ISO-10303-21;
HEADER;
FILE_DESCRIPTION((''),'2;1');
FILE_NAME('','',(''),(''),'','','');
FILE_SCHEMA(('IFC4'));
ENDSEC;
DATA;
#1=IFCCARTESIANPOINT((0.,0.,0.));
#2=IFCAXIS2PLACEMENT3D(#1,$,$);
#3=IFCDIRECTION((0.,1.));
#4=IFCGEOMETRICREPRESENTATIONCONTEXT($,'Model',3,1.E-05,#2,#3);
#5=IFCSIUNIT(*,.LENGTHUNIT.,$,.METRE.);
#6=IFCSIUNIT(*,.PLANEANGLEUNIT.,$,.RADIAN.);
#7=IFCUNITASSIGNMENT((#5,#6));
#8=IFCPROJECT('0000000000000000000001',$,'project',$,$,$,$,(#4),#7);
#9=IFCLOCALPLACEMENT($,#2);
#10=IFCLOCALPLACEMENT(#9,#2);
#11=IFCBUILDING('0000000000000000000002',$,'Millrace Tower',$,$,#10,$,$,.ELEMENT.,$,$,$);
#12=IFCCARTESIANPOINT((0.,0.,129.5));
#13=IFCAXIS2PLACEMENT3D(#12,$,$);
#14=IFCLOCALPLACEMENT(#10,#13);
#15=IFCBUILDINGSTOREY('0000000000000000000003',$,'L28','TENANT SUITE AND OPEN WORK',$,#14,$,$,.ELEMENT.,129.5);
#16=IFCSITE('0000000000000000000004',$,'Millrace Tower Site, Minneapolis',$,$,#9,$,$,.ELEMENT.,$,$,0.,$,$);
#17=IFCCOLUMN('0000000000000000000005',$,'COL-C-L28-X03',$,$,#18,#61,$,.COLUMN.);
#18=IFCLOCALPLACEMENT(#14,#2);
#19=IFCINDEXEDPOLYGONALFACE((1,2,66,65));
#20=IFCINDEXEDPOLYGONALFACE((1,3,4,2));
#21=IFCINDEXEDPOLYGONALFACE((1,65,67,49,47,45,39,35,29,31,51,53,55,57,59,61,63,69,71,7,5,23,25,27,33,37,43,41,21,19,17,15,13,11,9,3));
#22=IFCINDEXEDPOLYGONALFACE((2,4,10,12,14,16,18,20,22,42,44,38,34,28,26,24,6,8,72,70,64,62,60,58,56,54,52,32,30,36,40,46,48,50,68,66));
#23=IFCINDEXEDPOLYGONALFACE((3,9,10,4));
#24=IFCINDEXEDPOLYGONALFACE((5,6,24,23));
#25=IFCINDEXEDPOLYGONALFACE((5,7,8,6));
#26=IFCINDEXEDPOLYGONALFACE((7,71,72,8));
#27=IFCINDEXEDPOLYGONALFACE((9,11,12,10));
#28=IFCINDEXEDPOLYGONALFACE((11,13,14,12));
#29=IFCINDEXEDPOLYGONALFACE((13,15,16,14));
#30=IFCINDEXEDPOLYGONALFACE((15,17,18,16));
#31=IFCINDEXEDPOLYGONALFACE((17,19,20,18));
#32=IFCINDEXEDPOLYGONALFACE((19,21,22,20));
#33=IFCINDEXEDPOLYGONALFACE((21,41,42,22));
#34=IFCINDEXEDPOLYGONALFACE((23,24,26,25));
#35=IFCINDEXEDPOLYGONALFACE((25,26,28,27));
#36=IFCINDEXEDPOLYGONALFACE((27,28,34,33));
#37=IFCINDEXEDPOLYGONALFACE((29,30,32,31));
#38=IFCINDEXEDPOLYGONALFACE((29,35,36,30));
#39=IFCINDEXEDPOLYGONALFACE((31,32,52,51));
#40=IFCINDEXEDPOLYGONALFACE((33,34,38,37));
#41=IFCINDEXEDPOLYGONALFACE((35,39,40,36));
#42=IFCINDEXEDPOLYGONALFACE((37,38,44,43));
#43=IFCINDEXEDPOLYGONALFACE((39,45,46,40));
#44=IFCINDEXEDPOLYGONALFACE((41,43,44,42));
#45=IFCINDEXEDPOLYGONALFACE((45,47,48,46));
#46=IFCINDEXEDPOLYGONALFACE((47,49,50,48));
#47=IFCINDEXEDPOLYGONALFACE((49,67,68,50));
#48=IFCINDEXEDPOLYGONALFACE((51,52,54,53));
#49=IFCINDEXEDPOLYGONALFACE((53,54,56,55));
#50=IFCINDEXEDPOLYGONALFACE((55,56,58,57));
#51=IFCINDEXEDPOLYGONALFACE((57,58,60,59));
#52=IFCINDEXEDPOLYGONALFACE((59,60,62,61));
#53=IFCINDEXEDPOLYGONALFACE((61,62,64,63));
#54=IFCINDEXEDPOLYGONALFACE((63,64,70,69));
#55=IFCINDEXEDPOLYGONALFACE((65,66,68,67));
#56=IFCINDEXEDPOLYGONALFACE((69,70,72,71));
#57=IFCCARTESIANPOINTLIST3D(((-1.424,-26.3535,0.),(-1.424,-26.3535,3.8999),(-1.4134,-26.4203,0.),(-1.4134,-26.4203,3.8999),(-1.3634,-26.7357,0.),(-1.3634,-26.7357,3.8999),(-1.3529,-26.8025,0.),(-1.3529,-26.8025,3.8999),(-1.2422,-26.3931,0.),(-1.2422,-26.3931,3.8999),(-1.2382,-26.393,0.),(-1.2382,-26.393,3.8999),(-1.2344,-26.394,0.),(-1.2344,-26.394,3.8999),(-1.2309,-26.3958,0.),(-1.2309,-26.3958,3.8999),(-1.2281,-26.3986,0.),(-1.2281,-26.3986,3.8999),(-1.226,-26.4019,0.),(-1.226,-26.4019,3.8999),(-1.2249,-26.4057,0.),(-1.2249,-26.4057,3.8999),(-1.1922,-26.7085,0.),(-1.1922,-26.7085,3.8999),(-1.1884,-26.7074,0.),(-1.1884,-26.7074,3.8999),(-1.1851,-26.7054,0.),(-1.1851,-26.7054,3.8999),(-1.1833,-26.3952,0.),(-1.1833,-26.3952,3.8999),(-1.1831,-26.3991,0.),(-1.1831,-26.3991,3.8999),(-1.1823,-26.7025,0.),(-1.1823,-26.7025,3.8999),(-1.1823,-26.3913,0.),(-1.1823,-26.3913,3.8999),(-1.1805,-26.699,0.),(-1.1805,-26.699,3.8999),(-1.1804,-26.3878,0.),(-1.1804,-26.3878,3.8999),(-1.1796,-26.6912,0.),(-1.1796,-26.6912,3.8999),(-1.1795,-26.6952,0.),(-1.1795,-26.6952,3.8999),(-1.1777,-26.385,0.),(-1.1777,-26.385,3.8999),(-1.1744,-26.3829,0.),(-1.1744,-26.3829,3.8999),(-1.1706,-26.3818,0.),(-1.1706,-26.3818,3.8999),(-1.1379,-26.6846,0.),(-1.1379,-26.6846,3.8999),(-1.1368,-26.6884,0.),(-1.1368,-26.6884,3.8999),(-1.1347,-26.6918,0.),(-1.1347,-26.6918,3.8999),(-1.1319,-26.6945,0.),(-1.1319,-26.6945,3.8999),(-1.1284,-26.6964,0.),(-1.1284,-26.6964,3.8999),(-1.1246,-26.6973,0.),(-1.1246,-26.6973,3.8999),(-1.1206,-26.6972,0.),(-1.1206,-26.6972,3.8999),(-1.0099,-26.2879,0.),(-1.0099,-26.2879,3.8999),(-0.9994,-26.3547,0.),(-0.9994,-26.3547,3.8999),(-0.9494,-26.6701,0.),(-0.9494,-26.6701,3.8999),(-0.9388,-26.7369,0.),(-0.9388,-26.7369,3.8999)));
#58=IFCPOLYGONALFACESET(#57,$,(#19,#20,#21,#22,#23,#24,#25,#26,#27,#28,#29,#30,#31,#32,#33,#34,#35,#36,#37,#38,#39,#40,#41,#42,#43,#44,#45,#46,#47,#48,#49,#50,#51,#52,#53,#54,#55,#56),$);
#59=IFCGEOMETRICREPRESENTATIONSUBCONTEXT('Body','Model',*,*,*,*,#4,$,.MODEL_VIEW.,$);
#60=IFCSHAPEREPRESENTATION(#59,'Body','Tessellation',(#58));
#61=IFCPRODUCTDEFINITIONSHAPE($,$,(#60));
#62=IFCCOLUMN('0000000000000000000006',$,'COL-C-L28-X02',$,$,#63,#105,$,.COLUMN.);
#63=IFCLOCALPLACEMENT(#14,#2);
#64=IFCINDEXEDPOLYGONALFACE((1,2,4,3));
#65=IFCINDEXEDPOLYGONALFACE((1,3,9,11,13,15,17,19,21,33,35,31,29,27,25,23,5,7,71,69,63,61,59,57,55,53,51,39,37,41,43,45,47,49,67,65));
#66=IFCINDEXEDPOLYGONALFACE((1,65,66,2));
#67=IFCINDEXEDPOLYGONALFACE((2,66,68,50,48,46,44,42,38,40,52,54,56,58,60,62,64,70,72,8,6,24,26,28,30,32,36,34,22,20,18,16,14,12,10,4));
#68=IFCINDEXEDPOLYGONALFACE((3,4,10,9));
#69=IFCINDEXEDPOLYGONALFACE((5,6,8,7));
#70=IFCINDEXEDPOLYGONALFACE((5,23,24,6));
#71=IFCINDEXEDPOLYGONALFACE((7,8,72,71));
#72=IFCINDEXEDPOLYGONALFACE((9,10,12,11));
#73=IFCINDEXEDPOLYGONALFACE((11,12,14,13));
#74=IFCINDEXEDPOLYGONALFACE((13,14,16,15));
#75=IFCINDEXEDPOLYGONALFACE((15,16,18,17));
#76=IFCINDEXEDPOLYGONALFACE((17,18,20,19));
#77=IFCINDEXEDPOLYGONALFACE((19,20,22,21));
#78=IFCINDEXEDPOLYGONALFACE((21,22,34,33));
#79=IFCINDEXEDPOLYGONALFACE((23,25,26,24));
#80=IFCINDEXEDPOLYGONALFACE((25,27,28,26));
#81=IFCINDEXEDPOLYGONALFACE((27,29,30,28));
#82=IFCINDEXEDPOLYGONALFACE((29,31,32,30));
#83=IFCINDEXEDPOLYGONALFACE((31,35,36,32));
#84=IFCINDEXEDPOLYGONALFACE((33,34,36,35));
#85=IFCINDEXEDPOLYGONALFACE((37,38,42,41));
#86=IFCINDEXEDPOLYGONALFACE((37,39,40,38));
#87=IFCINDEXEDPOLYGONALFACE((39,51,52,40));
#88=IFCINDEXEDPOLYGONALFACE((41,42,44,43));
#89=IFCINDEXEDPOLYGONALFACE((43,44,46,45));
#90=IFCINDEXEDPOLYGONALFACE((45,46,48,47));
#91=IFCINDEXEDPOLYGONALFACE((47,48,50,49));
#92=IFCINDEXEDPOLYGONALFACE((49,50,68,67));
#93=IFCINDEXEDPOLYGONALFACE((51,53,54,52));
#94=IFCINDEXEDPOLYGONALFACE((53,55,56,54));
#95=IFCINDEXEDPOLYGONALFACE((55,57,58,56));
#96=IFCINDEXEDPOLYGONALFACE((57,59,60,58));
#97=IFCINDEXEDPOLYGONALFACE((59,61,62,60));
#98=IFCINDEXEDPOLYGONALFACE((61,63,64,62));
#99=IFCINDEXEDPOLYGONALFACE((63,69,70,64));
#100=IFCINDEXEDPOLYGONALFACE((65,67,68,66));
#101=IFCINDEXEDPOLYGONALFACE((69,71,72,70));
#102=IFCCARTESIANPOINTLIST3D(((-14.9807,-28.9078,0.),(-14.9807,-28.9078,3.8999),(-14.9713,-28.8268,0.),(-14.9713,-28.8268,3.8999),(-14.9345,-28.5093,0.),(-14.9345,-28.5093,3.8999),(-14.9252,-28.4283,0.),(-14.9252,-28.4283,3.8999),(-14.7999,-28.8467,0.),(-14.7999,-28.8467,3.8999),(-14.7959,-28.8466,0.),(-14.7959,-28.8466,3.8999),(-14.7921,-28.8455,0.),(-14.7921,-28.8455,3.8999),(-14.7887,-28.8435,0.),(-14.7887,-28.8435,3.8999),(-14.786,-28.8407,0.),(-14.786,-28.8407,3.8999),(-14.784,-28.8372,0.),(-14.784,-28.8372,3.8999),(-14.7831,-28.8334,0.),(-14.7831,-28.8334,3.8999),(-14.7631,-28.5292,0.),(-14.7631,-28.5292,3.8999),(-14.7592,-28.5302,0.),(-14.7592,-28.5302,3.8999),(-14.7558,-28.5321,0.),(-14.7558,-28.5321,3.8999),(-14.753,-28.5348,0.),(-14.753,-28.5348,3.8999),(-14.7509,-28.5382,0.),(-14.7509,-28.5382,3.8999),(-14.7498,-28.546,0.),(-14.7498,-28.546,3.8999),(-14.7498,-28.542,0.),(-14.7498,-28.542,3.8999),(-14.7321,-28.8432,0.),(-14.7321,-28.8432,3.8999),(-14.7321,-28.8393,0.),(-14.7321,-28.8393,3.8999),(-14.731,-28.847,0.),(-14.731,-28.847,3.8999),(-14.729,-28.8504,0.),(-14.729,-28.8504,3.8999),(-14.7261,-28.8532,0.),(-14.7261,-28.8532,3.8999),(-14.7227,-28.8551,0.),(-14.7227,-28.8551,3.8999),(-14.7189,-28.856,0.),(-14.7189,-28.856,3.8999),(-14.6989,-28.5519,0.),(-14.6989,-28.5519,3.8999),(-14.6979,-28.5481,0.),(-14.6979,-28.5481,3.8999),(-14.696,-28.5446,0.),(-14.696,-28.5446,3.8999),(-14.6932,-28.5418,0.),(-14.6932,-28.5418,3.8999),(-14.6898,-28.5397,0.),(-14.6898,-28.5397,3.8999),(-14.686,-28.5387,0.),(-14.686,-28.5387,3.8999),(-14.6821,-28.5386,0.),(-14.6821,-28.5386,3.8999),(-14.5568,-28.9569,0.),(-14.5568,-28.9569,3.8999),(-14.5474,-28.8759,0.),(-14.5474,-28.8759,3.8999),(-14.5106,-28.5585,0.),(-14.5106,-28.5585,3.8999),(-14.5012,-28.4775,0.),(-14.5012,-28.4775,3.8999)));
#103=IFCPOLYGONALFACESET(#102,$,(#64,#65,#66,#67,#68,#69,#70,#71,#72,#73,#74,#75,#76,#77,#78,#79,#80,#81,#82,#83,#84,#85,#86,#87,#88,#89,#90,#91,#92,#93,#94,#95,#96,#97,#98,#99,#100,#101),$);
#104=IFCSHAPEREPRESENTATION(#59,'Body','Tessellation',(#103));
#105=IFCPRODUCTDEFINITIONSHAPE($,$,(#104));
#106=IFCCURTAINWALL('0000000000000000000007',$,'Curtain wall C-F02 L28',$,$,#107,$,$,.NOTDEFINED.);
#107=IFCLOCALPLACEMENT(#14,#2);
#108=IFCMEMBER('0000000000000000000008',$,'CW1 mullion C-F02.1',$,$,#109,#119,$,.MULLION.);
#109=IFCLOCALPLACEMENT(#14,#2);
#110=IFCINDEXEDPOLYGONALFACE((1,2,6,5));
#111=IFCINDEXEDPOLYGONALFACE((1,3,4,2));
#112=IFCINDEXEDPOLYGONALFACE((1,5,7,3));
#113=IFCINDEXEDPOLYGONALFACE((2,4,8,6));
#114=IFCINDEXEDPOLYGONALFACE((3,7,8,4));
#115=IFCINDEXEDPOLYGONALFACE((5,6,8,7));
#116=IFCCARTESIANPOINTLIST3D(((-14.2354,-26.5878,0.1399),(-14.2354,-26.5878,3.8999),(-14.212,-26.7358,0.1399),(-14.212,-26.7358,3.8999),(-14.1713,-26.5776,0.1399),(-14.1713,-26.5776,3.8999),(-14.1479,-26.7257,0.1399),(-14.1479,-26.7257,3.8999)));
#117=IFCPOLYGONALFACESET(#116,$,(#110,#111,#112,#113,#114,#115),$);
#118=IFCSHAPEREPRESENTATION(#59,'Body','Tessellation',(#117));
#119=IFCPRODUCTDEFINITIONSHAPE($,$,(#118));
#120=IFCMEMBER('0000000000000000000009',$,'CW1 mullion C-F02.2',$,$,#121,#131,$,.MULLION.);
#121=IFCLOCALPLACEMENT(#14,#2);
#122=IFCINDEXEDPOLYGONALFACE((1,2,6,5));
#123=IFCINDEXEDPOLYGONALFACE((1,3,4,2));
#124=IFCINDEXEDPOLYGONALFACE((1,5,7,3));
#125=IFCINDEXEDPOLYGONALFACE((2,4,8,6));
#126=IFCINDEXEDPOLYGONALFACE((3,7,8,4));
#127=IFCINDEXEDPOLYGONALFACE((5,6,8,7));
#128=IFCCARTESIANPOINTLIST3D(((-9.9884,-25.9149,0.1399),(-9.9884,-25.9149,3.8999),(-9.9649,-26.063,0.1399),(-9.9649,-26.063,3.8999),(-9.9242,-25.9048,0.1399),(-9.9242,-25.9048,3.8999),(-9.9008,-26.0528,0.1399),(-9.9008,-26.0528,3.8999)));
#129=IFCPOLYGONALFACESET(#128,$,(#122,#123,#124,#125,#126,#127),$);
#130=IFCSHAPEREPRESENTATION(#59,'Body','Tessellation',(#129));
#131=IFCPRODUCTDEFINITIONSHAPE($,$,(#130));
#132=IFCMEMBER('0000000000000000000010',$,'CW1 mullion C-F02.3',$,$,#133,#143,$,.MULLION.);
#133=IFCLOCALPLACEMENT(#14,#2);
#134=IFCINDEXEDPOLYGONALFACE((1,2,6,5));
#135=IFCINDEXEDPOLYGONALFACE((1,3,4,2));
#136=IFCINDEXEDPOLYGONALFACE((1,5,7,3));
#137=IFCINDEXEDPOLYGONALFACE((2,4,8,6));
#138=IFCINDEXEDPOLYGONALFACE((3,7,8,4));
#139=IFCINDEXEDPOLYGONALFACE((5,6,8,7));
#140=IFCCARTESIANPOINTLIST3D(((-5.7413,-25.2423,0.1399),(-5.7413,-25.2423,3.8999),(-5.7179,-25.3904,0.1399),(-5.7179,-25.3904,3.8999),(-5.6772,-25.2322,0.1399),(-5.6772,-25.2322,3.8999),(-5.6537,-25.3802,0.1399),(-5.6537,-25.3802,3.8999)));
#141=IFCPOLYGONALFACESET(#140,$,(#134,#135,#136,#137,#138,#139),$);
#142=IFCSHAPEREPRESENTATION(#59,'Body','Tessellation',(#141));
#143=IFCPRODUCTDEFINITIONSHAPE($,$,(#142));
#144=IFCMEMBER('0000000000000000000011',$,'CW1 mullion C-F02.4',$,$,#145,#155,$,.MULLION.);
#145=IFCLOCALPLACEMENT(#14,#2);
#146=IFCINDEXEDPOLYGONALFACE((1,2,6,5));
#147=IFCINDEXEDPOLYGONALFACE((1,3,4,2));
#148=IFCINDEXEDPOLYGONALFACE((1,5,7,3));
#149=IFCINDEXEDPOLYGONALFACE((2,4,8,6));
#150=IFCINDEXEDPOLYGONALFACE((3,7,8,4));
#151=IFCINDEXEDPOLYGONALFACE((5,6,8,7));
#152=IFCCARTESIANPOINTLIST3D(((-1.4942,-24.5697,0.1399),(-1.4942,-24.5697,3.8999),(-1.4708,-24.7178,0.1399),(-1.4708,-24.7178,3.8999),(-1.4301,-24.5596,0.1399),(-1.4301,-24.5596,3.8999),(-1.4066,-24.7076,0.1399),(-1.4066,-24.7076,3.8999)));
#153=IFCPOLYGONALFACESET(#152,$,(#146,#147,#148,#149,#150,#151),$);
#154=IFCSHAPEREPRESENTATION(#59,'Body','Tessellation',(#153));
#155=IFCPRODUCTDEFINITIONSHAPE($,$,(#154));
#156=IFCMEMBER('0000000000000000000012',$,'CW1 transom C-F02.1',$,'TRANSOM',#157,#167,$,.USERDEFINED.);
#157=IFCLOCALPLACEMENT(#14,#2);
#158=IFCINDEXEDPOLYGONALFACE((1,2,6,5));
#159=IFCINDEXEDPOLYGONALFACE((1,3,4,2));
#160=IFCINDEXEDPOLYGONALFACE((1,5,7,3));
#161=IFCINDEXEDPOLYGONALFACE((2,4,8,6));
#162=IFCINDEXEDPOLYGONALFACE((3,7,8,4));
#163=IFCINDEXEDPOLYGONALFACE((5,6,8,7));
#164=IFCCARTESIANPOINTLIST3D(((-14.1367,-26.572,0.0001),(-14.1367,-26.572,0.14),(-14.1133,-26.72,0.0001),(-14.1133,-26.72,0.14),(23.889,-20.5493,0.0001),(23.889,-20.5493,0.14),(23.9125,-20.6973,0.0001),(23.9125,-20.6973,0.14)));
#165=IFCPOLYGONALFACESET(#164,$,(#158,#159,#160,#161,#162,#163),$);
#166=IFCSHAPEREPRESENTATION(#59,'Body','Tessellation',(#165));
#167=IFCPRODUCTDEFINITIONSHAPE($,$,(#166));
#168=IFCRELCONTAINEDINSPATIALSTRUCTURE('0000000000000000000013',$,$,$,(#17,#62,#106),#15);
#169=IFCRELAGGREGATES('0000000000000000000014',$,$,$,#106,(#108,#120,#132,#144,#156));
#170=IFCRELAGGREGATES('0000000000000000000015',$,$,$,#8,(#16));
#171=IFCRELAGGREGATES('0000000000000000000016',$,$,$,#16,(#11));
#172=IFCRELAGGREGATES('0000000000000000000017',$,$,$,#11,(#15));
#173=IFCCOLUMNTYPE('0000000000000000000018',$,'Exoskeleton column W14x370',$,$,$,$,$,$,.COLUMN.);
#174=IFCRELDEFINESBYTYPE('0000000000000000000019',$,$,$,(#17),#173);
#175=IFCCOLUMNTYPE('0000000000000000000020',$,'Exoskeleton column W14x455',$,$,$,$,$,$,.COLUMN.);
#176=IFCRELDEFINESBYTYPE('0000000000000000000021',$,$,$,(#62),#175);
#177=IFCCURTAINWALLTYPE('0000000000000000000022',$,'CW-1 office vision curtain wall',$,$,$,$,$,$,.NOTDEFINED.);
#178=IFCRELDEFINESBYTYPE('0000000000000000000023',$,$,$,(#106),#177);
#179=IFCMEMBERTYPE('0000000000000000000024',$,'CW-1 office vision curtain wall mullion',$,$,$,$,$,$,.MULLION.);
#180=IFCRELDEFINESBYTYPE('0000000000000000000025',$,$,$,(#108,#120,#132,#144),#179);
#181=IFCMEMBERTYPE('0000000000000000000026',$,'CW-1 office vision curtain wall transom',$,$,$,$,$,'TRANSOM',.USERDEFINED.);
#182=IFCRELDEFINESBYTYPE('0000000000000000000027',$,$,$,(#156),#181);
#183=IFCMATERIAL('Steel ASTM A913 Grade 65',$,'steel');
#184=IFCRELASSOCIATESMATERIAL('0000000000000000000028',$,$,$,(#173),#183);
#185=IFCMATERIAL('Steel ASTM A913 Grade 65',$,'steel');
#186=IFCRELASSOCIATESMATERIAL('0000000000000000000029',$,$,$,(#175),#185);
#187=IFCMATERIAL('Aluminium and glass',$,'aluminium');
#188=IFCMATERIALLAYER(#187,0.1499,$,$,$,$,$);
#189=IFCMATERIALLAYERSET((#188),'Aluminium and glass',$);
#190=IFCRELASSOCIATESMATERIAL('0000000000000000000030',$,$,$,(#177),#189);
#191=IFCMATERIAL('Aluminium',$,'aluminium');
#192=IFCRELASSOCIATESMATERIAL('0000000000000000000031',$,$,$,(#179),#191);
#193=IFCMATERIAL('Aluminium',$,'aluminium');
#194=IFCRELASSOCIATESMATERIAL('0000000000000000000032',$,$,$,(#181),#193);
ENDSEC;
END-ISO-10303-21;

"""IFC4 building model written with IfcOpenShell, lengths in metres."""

from ifc_helpers import new_model, si_unit, direction, frame, origin, origin_2d, place, context, subcontext, project, spatial, rectangle, i_section, extrude, material, layer, layer_set, material_profile, profile_set, type_object, element, aggregate, save


model = new_model("IFC4")

# Units and contexts
model_context = context("Model", 3, precision=1e-05, world=origin(), true_north=direction((0.0, 1.0)))
body_context = subcontext(model_context, "Body", "Model", "MODEL_VIEW")
ifc_project = project(units=[si_unit("LENGTHUNIT", "METRE"), si_unit("PLANEANGLEUNIT", "RADIAN")], contexts=[model_context])

# Site, building, storey
site_placement = place(None, origin())
site = spatial("IfcSite", under=ifc_project, at=site_placement, Name="Millrace Tower Site, Minneapolis", CompositionType="ELEMENT", RefElevation=0.0)
building_placement = place(site_placement, origin())
building = spatial("IfcBuilding", under=site, at=building_placement, Name="Millrace Tower", CompositionType="ELEMENT")
storey_placement = place(building_placement, frame((0.0, 0.0, 129.5)))
storey = spatial("IfcBuildingStorey", under=building, at=storey_placement, Name="L28", Description="TENANT SUITE AND OPEN WORK", CompositionType="ELEMENT", Elevation=129.5)

# Columns
ifc_material_1 = material(Name="Steel ASTM A913 Grade 65", Category="steel")
ifc_material_profile_1 = material_profile(ifc_material_1, i_section(OverallWidth=0.4192, OverallDepth=0.4546, WebThickness=0.0422, FlangeThickness=0.0676, FilletRadius=0.0151, at=origin_2d()))
ifc_profile_set_1 = profile_set([ifc_material_profile_1], Name="Steel ASTM A913 Grade 65")
column_type_1 = type_object("IfcColumnType", Name="Exoskeleton column W14x370", PredefinedType="COLUMN", material=ifc_profile_set_1)
column_1_placement = place(storey_placement, frame((-1.1814, -26.5452, 0.0), z_axis=(0.0, 0.0, 1.0), x_axis=(0.987688, 0.156434, 0.0)))
element("IfcColumn", 1, at=column_1_placement, inside=storey, type_object=column_type_1, Name="COL-C-L28-X03", PredefinedType="COLUMN", context=body_context, shape_type="SweptSolid", body=[
    extrude(i_section(OverallWidth=0.4192, OverallDepth=0.4546, WebThickness=0.0422, FlangeThickness=0.0676, FilletRadius=0.0151, at=origin_2d()), origin(), (0.0, 0.0, 1.0), 3.8999),
])
ifc_material_2 = material(Name="Steel ASTM A913 Grade 65", Category="steel")
ifc_material_profile_2 = material_profile(ifc_material_2, i_section(OverallWidth=0.4268, OverallDepth=0.4827, WebThickness=0.0513, FlangeThickness=0.0815, FilletRadius=0.0151, at=origin_2d()))
ifc_profile_set_2 = profile_set([ifc_material_profile_2], Name="Steel ASTM A913 Grade 65")
column_type_2 = type_object("IfcColumnType", Name="Exoskeleton column W14x455", PredefinedType="COLUMN", material=ifc_profile_set_2)
column_2_placement = place(storey_placement, frame((-14.741, -28.6926, 0.0), z_axis=(0.0, 0.0, 1.0), x_axis=(0.993358, -0.115069, 0.0)))
element("IfcColumn", 2, at=column_2_placement, inside=storey, type_object=column_type_2, Name="COL-C-L28-X02", PredefinedType="COLUMN", context=body_context, shape_type="SweptSolid", body=[
    extrude(i_section(OverallWidth=0.4268, OverallDepth=0.4827, WebThickness=0.0513, FlangeThickness=0.0815, FilletRadius=0.0151, at=origin_2d()), origin(), (0.0, 0.0, 1.0), 3.8999),
])

# Curtain wall, members
ifc_material_3 = material(Name="Aluminium and glass", Category="aluminium")
ifc_layer_1 = layer(ifc_material_3, 0.1499)
ifc_layer_set_1 = layer_set([ifc_layer_1], Name="Aluminium and glass")
curtain_wall_type = type_object("IfcCurtainWallType", Name="CW-1 office vision curtain wall", PredefinedType="NOTDEFINED", material=ifc_layer_set_1)
curtain_wall_placement = place(storey_placement, origin())
curtain_wall = element("IfcCurtainWall", 3, at=curtain_wall_placement, inside=storey, type_object=curtain_wall_type, Name="Curtain wall C-F02 L28", PredefinedType="NOTDEFINED")
ifc_material_4 = material(Name="Aluminium", Category="aluminium")
ifc_material_profile_3 = material_profile(ifc_material_4, rectangle(XDim=0.0649, YDim=0.1499, at=origin_2d()))
ifc_profile_set_3 = profile_set([ifc_material_profile_3], Name="Aluminium")
member_type_1 = type_object("IfcMemberType", Name="CW-1 office vision curtain wall mullion", PredefinedType="MULLION", material=ifc_profile_set_3)
member_1_placement = place(storey_placement, frame((-14.1917, -26.6567, 0.1399), z_axis=(0.0, 0.0, 1.0), x_axis=(0.987688, 0.156434, 0.0)))
member_1 = element("IfcMember", 4, at=member_1_placement, type_object=member_type_1, Name="CW1 mullion C-F02.1", PredefinedType="MULLION", context=body_context, shape_type="SweptSolid", body=[
    extrude(rectangle(XDim=0.0649, YDim=0.1499, at=origin_2d()), origin(), (0.0, 0.0, 1.0), 3.76),
])
member_2_placement = place(storey_placement, frame((-9.9446, -25.9839, 0.1399), z_axis=(0.0, 0.0, 1.0), x_axis=(0.987688, 0.156434, 0.0)))
member_2 = element("IfcMember", 5, at=member_2_placement, type_object=member_type_1, Name="CW1 mullion C-F02.2", PredefinedType="MULLION", context=body_context, shape_type="SweptSolid", body=[
    extrude(rectangle(XDim=0.0649, YDim=0.1499, at=origin_2d()), origin(), (0.0, 0.0, 1.0), 3.76),
])
member_3_placement = place(storey_placement, frame((-5.6975, -25.3113, 0.1399), z_axis=(0.0, 0.0, 1.0), x_axis=(0.987688, 0.156434, 0.0)))
member_3 = element("IfcMember", 6, at=member_3_placement, type_object=member_type_1, Name="CW1 mullion C-F02.3", PredefinedType="MULLION", context=body_context, shape_type="SweptSolid", body=[
    extrude(rectangle(XDim=0.0649, YDim=0.1499, at=origin_2d()), origin(), (0.0, 0.0, 1.0), 3.76),
])
member_4_placement = place(storey_placement, frame((-1.4504, -24.6387, 0.1399), z_axis=(0.0, 0.0, 1.0), x_axis=(0.987688, 0.156434, 0.0)))
member_4 = element("IfcMember", 7, at=member_4_placement, type_object=member_type_1, Name="CW1 mullion C-F02.4", PredefinedType="MULLION", context=body_context, shape_type="SweptSolid", body=[
    extrude(rectangle(XDim=0.0649, YDim=0.1499, at=origin_2d()), origin(), (0.0, 0.0, 1.0), 3.76),
])
ifc_material_5 = material(Name="Aluminium", Category="aluminium")
ifc_material_profile_4 = material_profile(ifc_material_5, rectangle(XDim=0.1499, YDim=0.1399, at=origin_2d()))
ifc_profile_set_4 = profile_set([ifc_material_profile_4], Name="Aluminium")
member_type_2 = type_object("IfcMemberType", Name="CW-1 office vision curtain wall transom", ElementType="TRANSOM", PredefinedType="USERDEFINED", material=ifc_profile_set_4)
member_5_placement = place(storey_placement, frame((-14.125, -26.646, 0.0701), z_axis=(0.987688, 0.156434, 0.0), x_axis=(-0.156434, 0.987688, 0.0)))
member_5 = element("IfcMember", 8, at=member_5_placement, type_object=member_type_2, Name="CW1 transom C-F02.1", ObjectType="TRANSOM", PredefinedType="USERDEFINED", context=body_context, shape_type="SweptSolid", body=[
    extrude(rectangle(XDim=0.1499, YDim=0.1399, at=origin_2d()), origin(), (0.0, 0.0, 1.0), 38.4998),
])
aggregate(curtain_wall, [member_1, member_2, member_3, member_4, member_5])

save(model, "model.ifc")
